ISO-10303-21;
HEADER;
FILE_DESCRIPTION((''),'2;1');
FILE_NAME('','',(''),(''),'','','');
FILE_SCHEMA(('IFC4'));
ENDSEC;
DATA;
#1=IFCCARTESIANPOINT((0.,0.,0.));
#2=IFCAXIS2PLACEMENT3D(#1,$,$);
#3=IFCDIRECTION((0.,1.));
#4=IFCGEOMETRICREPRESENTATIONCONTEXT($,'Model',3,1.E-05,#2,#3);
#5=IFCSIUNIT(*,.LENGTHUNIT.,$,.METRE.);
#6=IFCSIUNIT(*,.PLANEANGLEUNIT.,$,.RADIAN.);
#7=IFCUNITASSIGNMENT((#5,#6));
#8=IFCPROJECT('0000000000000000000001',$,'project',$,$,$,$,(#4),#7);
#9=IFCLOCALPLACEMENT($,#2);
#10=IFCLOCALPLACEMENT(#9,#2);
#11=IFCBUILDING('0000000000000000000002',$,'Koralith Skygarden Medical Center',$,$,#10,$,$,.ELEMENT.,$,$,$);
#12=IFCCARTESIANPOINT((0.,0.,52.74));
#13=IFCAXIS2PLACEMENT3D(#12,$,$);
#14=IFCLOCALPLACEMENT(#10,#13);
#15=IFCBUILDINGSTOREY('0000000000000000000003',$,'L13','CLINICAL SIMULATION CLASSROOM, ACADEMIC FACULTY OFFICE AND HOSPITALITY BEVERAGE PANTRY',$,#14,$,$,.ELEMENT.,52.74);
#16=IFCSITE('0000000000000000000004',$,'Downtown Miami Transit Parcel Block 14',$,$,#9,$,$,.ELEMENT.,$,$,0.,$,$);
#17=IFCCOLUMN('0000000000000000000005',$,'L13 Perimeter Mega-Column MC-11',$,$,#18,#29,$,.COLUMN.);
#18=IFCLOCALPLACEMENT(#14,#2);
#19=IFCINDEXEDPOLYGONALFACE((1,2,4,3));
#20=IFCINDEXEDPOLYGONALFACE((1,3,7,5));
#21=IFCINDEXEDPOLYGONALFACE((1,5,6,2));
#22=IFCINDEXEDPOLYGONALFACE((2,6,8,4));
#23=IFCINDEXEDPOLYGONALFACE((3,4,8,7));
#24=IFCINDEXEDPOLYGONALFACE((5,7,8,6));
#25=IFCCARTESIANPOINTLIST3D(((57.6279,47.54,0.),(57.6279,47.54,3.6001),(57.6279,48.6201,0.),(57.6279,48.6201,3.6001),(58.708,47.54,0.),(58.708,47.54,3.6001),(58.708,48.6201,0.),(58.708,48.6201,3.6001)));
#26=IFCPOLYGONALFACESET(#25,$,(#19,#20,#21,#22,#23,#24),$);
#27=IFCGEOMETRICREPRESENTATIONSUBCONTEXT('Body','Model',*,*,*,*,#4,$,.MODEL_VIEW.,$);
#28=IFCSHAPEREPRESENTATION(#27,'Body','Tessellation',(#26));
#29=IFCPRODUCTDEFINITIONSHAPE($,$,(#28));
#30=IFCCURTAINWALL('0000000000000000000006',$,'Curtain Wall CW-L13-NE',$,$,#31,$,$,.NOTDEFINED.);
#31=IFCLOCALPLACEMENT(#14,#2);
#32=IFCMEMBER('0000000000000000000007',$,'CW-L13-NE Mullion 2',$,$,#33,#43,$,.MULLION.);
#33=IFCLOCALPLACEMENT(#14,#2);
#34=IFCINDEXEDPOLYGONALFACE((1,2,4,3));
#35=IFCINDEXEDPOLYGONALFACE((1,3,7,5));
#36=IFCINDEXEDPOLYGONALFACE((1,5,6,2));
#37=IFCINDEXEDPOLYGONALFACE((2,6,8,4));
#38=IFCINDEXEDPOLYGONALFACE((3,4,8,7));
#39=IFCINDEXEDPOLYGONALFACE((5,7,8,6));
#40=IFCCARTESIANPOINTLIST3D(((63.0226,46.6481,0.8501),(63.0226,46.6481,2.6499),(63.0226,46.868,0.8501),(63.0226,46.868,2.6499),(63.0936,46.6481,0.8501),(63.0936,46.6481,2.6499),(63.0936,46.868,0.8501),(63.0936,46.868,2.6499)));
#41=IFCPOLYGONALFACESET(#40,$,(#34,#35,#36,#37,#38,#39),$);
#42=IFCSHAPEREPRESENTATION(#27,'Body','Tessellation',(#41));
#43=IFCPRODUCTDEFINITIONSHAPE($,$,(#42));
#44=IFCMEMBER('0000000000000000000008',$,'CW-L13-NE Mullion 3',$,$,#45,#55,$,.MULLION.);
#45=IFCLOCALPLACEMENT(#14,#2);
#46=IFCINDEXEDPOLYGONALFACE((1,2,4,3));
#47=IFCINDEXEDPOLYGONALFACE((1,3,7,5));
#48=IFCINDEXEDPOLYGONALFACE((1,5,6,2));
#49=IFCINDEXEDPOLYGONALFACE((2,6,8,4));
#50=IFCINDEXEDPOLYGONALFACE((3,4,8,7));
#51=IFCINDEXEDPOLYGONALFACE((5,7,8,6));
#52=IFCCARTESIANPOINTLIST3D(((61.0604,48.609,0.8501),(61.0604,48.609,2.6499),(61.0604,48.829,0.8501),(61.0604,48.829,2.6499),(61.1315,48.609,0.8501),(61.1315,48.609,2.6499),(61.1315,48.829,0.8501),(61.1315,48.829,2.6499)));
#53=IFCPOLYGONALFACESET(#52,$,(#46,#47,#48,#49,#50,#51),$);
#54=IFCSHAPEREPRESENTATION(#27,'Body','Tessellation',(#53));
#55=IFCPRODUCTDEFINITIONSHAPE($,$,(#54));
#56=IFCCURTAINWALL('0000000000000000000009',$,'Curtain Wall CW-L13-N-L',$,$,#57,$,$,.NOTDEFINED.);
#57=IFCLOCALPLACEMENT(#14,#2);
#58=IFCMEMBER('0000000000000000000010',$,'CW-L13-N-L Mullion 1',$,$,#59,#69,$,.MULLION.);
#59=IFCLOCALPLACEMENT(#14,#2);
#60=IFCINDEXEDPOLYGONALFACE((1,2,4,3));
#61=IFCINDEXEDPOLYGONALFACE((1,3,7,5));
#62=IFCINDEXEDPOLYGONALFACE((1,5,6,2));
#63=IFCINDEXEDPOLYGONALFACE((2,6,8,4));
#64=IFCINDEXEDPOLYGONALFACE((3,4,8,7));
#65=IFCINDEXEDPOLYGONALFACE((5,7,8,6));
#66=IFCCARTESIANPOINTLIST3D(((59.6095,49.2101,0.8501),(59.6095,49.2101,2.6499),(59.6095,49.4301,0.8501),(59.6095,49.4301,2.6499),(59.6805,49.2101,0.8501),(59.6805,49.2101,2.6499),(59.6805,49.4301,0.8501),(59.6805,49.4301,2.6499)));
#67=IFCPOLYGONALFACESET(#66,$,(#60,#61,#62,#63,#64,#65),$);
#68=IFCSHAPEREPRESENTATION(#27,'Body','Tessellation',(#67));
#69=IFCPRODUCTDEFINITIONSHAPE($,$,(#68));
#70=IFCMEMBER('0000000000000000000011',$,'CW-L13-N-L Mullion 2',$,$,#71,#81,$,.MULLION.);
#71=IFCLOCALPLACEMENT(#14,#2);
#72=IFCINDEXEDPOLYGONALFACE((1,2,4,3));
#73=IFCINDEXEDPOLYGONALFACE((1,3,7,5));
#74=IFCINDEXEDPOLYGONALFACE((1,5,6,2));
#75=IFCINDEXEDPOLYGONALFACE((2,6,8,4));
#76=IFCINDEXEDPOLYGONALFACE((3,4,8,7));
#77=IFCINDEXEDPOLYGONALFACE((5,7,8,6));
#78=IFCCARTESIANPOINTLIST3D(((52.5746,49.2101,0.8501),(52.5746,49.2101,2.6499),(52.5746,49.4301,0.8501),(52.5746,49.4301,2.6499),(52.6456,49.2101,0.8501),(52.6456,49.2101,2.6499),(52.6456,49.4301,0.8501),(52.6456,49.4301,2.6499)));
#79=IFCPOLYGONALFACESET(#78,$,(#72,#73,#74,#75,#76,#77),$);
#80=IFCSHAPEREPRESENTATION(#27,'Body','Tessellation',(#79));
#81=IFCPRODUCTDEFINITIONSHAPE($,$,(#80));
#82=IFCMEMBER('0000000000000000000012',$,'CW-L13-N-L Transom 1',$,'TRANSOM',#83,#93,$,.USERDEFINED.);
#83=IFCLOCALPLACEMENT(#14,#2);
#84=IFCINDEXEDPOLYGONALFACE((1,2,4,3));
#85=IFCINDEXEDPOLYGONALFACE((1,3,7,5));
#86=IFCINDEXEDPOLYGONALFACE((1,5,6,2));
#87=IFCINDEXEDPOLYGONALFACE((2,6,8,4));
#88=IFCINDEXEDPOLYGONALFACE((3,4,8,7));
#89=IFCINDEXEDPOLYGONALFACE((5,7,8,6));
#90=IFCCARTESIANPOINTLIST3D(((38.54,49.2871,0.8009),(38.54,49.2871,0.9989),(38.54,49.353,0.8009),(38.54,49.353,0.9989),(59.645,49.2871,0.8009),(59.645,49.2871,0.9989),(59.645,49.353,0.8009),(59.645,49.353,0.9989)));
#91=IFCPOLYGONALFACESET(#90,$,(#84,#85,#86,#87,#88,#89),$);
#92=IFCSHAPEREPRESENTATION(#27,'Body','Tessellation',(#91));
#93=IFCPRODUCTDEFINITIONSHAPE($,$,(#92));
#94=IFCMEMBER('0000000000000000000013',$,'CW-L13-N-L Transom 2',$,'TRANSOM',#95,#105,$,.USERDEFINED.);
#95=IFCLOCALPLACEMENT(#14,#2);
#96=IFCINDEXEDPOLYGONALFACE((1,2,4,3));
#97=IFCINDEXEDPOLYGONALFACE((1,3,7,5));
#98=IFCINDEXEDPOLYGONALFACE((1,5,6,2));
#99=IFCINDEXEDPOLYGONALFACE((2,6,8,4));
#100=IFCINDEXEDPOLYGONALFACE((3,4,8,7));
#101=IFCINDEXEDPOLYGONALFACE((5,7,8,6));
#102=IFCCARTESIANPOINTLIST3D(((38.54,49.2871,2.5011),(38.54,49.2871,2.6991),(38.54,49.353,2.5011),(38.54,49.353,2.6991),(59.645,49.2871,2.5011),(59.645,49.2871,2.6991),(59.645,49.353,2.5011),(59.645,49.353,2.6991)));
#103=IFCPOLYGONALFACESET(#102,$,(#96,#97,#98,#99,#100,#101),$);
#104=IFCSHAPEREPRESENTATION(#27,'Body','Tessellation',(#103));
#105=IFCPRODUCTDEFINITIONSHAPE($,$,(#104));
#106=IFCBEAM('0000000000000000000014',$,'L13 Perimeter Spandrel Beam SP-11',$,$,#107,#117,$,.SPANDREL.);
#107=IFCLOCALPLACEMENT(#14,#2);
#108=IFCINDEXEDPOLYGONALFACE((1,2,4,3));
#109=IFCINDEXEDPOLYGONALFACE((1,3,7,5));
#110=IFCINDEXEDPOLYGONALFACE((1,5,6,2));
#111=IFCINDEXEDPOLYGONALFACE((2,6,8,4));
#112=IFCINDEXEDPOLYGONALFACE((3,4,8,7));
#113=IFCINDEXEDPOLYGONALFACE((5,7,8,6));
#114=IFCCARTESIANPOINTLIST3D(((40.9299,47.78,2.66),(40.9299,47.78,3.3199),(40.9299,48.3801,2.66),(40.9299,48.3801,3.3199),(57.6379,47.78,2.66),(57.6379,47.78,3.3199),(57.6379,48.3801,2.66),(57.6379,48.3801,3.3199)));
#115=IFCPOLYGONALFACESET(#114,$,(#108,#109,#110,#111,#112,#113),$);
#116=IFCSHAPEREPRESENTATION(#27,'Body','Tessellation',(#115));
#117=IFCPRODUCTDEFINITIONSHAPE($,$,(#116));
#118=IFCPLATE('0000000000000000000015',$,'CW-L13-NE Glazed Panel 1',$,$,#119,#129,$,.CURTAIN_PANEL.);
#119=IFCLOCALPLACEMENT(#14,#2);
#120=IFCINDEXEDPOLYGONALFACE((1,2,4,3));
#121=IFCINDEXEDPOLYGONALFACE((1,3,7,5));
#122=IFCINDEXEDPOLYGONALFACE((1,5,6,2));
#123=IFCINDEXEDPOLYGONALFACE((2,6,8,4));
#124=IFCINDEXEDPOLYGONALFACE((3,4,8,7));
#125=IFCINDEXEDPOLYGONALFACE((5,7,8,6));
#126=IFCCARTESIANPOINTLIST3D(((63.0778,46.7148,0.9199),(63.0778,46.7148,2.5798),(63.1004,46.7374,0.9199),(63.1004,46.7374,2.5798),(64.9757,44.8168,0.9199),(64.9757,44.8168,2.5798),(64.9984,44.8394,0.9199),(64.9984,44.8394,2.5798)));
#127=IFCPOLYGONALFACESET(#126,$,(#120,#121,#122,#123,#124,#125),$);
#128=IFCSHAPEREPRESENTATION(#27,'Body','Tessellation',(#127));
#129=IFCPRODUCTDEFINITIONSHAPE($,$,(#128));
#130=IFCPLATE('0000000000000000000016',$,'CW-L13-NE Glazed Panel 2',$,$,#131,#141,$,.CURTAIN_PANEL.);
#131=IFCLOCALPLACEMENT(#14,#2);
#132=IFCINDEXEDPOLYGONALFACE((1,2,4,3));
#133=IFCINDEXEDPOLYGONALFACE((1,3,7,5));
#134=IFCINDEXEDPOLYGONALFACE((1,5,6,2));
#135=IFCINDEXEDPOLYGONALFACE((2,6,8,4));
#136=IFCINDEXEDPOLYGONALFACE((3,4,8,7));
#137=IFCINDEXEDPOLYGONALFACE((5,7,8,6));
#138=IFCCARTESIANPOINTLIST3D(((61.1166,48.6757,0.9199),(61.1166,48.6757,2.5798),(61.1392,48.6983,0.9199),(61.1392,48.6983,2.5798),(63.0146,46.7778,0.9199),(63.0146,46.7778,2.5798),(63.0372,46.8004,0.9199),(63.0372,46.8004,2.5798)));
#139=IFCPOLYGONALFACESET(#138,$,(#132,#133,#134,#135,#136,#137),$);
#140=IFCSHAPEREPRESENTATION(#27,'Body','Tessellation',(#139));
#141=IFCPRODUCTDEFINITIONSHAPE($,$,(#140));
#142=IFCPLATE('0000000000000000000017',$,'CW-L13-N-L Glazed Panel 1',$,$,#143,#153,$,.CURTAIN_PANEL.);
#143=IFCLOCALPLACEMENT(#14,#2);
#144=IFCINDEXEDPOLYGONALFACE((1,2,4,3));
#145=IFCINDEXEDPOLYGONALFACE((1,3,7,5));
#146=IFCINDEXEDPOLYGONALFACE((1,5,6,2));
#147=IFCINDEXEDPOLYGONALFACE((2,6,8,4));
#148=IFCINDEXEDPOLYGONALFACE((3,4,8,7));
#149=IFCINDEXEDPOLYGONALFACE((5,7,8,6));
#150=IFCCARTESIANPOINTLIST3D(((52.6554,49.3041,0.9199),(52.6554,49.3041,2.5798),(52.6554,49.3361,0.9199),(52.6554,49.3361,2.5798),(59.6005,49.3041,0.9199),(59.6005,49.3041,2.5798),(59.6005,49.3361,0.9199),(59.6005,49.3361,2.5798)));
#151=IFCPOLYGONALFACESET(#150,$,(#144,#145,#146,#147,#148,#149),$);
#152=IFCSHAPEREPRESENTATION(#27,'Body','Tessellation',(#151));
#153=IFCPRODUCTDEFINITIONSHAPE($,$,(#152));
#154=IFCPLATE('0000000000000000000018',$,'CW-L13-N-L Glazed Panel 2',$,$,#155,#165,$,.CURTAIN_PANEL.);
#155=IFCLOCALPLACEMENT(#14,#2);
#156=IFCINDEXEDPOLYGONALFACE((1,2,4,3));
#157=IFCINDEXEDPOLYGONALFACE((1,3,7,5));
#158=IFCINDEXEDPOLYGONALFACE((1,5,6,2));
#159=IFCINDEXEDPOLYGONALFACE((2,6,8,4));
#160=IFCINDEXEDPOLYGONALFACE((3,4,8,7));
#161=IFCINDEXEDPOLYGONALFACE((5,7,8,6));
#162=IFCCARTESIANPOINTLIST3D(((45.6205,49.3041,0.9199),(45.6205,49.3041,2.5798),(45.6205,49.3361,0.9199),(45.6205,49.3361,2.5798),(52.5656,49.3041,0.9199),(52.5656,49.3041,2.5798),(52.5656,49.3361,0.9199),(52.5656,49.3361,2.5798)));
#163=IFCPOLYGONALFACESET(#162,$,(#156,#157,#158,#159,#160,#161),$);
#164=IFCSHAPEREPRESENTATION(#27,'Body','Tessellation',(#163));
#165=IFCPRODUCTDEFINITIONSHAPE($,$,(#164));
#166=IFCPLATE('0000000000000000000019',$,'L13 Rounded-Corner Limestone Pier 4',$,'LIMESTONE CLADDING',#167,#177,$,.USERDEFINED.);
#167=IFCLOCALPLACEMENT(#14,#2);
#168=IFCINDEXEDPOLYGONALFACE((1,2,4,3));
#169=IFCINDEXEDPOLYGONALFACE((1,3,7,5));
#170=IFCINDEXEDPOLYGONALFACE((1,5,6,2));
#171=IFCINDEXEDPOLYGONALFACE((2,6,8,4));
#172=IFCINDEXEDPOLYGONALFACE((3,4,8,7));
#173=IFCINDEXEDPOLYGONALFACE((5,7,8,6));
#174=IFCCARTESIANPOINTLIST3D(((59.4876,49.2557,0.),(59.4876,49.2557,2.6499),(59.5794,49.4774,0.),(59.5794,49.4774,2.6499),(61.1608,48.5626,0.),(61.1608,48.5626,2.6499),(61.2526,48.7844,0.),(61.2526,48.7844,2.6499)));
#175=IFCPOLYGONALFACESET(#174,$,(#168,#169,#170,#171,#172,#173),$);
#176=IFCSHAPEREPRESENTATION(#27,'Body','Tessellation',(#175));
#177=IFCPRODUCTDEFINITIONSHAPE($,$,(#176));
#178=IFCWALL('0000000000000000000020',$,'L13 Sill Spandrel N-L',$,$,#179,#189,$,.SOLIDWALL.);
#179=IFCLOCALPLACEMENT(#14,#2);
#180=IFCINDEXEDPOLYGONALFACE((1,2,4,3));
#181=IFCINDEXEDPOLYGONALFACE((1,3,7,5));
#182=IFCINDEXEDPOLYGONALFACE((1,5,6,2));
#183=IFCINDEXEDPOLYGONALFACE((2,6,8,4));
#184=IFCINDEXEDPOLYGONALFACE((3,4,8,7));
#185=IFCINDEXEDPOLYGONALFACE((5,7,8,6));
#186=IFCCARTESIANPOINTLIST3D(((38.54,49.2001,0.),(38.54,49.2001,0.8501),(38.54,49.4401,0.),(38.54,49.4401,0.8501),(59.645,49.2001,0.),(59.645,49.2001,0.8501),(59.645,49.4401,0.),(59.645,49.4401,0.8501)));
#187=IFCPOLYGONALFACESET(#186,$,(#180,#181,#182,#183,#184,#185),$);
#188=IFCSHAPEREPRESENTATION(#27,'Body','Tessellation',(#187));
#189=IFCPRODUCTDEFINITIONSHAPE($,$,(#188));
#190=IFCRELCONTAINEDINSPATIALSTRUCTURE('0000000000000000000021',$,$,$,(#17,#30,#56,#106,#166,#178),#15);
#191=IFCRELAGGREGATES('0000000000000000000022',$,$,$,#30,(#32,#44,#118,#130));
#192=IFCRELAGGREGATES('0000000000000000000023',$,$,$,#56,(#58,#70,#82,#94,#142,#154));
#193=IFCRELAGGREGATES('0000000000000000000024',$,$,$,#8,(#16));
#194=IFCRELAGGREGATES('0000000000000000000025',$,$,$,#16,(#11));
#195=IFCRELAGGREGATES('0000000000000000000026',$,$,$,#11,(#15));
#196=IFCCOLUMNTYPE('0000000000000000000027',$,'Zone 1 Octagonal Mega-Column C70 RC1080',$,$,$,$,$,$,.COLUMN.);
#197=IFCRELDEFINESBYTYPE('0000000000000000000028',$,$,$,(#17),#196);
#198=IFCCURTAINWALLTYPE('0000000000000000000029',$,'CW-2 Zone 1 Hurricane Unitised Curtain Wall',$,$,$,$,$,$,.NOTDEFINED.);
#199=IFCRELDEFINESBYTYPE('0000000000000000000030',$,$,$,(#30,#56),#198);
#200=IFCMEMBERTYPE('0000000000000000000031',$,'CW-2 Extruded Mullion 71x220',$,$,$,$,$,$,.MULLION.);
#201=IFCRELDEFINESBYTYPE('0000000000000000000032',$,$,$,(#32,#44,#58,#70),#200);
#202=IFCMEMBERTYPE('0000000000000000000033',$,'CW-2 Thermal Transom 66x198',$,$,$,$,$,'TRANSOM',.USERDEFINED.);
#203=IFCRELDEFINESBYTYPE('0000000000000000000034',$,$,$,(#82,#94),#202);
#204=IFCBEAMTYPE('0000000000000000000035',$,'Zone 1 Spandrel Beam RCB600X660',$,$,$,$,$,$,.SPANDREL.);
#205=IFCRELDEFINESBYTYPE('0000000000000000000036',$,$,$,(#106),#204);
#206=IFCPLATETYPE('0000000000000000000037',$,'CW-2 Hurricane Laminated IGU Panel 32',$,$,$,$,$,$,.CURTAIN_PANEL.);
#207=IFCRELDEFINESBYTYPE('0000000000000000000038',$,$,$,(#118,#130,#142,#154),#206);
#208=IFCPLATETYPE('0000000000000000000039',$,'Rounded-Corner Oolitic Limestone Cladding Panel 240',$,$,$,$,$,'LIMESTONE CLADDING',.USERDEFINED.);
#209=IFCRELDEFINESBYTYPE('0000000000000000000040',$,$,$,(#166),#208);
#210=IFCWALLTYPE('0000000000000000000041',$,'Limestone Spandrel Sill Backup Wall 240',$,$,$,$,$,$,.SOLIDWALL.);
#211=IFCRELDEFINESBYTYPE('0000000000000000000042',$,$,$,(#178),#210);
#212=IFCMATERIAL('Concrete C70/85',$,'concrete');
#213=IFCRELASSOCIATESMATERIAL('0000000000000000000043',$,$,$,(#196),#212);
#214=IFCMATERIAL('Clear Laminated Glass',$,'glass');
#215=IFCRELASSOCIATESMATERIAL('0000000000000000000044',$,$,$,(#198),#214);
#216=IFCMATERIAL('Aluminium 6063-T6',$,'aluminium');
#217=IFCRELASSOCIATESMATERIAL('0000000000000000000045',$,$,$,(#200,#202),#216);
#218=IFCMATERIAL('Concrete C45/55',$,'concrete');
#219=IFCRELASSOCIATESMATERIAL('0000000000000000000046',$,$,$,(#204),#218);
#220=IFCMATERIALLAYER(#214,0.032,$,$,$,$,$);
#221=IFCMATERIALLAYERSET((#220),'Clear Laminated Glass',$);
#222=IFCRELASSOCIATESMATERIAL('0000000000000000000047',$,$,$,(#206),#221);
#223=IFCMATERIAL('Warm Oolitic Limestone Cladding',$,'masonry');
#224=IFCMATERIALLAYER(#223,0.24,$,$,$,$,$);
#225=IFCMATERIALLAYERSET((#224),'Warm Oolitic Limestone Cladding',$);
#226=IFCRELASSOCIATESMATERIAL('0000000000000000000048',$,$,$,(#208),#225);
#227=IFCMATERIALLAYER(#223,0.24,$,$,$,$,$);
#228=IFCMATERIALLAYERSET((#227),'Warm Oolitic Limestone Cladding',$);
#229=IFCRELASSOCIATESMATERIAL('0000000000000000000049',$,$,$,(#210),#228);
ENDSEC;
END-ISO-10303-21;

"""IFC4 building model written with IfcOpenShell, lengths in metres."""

from ifc_helpers import new_model, si_unit, direction, frame, frame_2d, origin, origin_2d, place, context, subcontext, project, spatial, rectangle, extrude, material, layer, layer_set, material_profile, profile_set, type_object, element, aggregate, save


model = new_model("IFC4")

# Units and contexts
model_context = context("Model", 3, precision=1e-05, world=origin(), true_north=direction((0.0, 1.0)))
body_context = subcontext(model_context, "Body", "Model", "MODEL_VIEW")
ifc_project = project(units=[si_unit("LENGTHUNIT", "METRE"), si_unit("PLANEANGLEUNIT", "RADIAN")], contexts=[model_context])

# Site, building, storey
site_placement = place(None, origin())
site = spatial("IfcSite", under=ifc_project, at=site_placement, Name="Downtown Miami Transit Parcel Block 14", CompositionType="ELEMENT", RefElevation=0.0)
building_placement = place(site_placement, origin())
building = spatial("IfcBuilding", under=site, at=building_placement, Name="Koralith Skygarden Medical Center", CompositionType="ELEMENT")
storey_placement = place(building_placement, frame((0.0, 0.0, 52.74)))
storey = spatial("IfcBuildingStorey", under=building, at=storey_placement, Name="L13", Description="CLINICAL SIMULATION CLASSROOM, ACADEMIC FACULTY OFFICE AND HOSPITALITY BEVERAGE PANTRY", CompositionType="ELEMENT", Elevation=52.74)

# Column
ifc_material_1 = material(Name="Concrete C70/85", Category="concrete")
ifc_material_profile_1 = material_profile(ifc_material_1, rectangle(XDim=1.0801, YDim=1.0801, at=origin_2d()), Name="RC1080X1080")
ifc_profile_set_1 = profile_set([ifc_material_profile_1], Name="Concrete C70/85")
column_type = type_object("IfcColumnType", Name="Zone 1 Octagonal Mega-Column C70 RC1080", PredefinedType="COLUMN", material=ifc_profile_set_1)
column_placement = place(storey_placement, frame((58.168, 48.0801, 0.0), z_axis=(0.0, 0.0, 1.0), x_axis=(1.0, 0.0, 0.0)))
element("IfcColumn", 1, at=column_placement, inside=storey, type_object=column_type, Name="L13 Perimeter Mega-Column MC-11", PredefinedType="COLUMN", context=body_context, shape_type="SweptSolid", body=[
    extrude(rectangle(XDim=1.0801, YDim=1.0801, at=origin_2d()), origin(), (0.0, 0.0, 1.0), 3.6001),
])

# Curtain walls, members
ifc_material_2 = material(Name="Clear Laminated Glass", Category="glass")
curtain_wall_type = type_object("IfcCurtainWallType", Name="CW-2 Zone 1 Hurricane Unitised Curtain Wall", PredefinedType="NOTDEFINED", material=ifc_material_2)
curtain_wall_1_placement = place(storey_placement, origin())
curtain_wall_1 = element("IfcCurtainWall", 2, at=curtain_wall_1_placement, inside=storey, type_object=curtain_wall_type, Name="Curtain Wall CW-L13-NE", PredefinedType="NOTDEFINED")
ifc_material_3 = material(Name="Aluminium 6063-T6", Category="aluminium")
ifc_material_profile_2 = material_profile(ifc_material_3, rectangle(XDim=0.071, YDim=0.22, at=origin_2d()), Name="MUL71X220")
ifc_profile_set_2 = profile_set([ifc_material_profile_2], Name="Aluminium 6063-T6")
member_type_1 = type_object("IfcMemberType", Name="CW-2 Extruded Mullion 71x220", PredefinedType="MULLION", material=ifc_profile_set_2)
member_1_placement = place(storey_placement, frame((63.0581, 46.7581, 0.8501), z_axis=(0.0, 0.0, 1.0), x_axis=(1.0, 0.0, 0.0)))
member_1 = element("IfcMember", 3, at=member_1_placement, type_object=member_type_1, Name="CW-L13-NE Mullion 2", PredefinedType="MULLION", context=body_context, shape_type="SweptSolid", body=[
    extrude(rectangle(XDim=0.071, YDim=0.22, at=origin_2d()), origin(), (0.0, 0.0, 1.0), 1.7998),
])
member_2_placement = place(storey_placement, frame((61.0959, 48.719, 0.8501), z_axis=(0.0, 0.0, 1.0), x_axis=(1.0, 0.0, 0.0)))
member_2 = element("IfcMember", 4, at=member_2_placement, type_object=member_type_1, Name="CW-L13-NE Mullion 3", PredefinedType="MULLION", context=body_context, shape_type="SweptSolid", body=[
    extrude(rectangle(XDim=0.071, YDim=0.22, at=origin_2d()), origin(), (0.0, 0.0, 1.0), 1.7998),
])
curtain_wall_2_placement = place(storey_placement, origin())
curtain_wall_2 = element("IfcCurtainWall", 5, at=curtain_wall_2_placement, inside=storey, type_object=curtain_wall_type, Name="Curtain Wall CW-L13-N-L", PredefinedType="NOTDEFINED")
member_3_placement = place(storey_placement, frame((59.645, 49.3201, 0.8501), z_axis=(0.0, 0.0, 1.0), x_axis=(1.0, 0.0, 0.0)))
member_3 = element("IfcMember", 6, at=member_3_placement, type_object=member_type_1, Name="CW-L13-N-L Mullion 1", PredefinedType="MULLION", context=body_context, shape_type="SweptSolid", body=[
    extrude(rectangle(XDim=0.071, YDim=0.22, at=origin_2d()), origin(), (0.0, 0.0, 1.0), 1.7998),
])
member_4_placement = place(storey_placement, frame((52.6101, 49.3201, 0.8501), z_axis=(0.0, 0.0, 1.0), x_axis=(1.0, 0.0, 0.0)))
member_4 = element("IfcMember", 7, at=member_4_placement, type_object=member_type_1, Name="CW-L13-N-L Mullion 2", PredefinedType="MULLION", context=body_context, shape_type="SweptSolid", body=[
    extrude(rectangle(XDim=0.071, YDim=0.22, at=origin_2d()), origin(), (0.0, 0.0, 1.0), 1.7998),
])
ifc_material_profile_3 = material_profile(ifc_material_3, rectangle(XDim=0.0659, YDim=0.198, at=origin_2d()), Name="TRN66X198")
ifc_profile_set_3 = profile_set([ifc_material_profile_3], Name="Aluminium 6063-T6")
member_type_2 = type_object("IfcMemberType", Name="CW-2 Thermal Transom 66x198", ElementType="TRANSOM", PredefinedType="USERDEFINED", material=ifc_profile_set_3)
member_5_placement = place(storey_placement, frame((59.645, 49.3201, 0.8999), z_axis=(-1.0, 0.0, 0.0), x_axis=(0.0, -1.0, 0.0)))
member_5 = element("IfcMember", 8, at=member_5_placement, type_object=member_type_2, Name="CW-L13-N-L Transom 1", ObjectType="TRANSOM", PredefinedType="USERDEFINED", context=body_context, shape_type="SweptSolid", body=[
    extrude(rectangle(XDim=0.0659, YDim=0.198, at=origin_2d()), origin(), (0.0, 0.0, 1.0), 21.105),
])
member_6_placement = place(storey_placement, frame((59.645, 49.3201, 2.6001), z_axis=(-1.0, 0.0, 0.0), x_axis=(0.0, -1.0, 0.0)))
member_6 = element("IfcMember", 9, at=member_6_placement, type_object=member_type_2, Name="CW-L13-N-L Transom 2", ObjectType="TRANSOM", PredefinedType="USERDEFINED", context=body_context, shape_type="SweptSolid", body=[
    extrude(rectangle(XDim=0.0659, YDim=0.198, at=origin_2d()), origin(), (0.0, 0.0, 1.0), 21.105),
])

# Beam
ifc_material_4 = material(Name="Concrete C45/55", Category="concrete")
ifc_material_profile_4 = material_profile(ifc_material_4, rectangle(XDim=0.6001, YDim=0.6599, at=origin_2d()), Name="RCB600X660")
ifc_profile_set_4 = profile_set([ifc_material_profile_4], Name="Concrete C45/55")
beam_type = type_object("IfcBeamType", Name="Zone 1 Spandrel Beam RCB600X660", PredefinedType="SPANDREL", material=ifc_profile_set_4)
beam_placement = place(storey_placement, frame((57.6379, 48.0801, 2.99), z_axis=(-1.0, 0.0, 0.0), x_axis=(0.0, -1.0, 0.0)))
element("IfcBeam", 10, at=beam_placement, inside=storey, type_object=beam_type, Name="L13 Perimeter Spandrel Beam SP-11", PredefinedType="SPANDREL", context=body_context, shape_type="SweptSolid", body=[
    extrude(rectangle(XDim=0.6001, YDim=0.6599, at=origin_2d()), origin(), (0.0, 0.0, 1.0), 16.708),
])

# Plates
ifc_layer_1 = layer(ifc_material_2, 0.032)
ifc_layer_set_1 = layer_set([ifc_layer_1], Name="Clear Laminated Glass")
plate_type_1 = type_object("IfcPlateType", Name="CW-2 Hurricane Laminated IGU Panel 32", PredefinedType="CURTAIN_PANEL", material=ifc_layer_set_1)
plate_1_placement = place(storey_placement, frame((64.0381, 45.7771, 0.9199), z_axis=(0.0, 0.0, 1.0), x_axis=(-0.707107, 0.707107, 0.0)))
plate_1 = element("IfcPlate", 11, at=plate_1_placement, type_object=plate_type_1, Name="CW-L13-NE Glazed Panel 1", PredefinedType="CURTAIN_PANEL", context=body_context, shape_type="SweptSolid", body=[
    extrude(rectangle(XDim=2.6841, YDim=0.032, at=origin_2d()), origin(), (0.0, 0.0, 1.0), 1.6599),
])
plate_2_placement = place(storey_placement, frame((62.0769, 47.738, 0.9199), z_axis=(0.0, 0.0, 1.0), x_axis=(-0.707107, 0.707107, 0.0)))
plate_2 = element("IfcPlate", 12, at=plate_2_placement, type_object=plate_type_1, Name="CW-L13-NE Glazed Panel 2", PredefinedType="CURTAIN_PANEL", context=body_context, shape_type="SweptSolid", body=[
    extrude(rectangle(XDim=2.6841, YDim=0.032, at=origin_2d()), origin(), (0.0, 0.0, 1.0), 1.6599),
])
aggregate(curtain_wall_1, [member_1, member_2, plate_1, plate_2])
plate_3_placement = place(storey_placement, frame((56.1279, 49.3201, 0.9199), z_axis=(0.0, 0.0, 1.0), x_axis=(-1.0, 0.0, 0.0)))
plate_3 = element("IfcPlate", 13, at=plate_3_placement, type_object=plate_type_1, Name="CW-L13-N-L Glazed Panel 1", PredefinedType="CURTAIN_PANEL", context=body_context, shape_type="SweptSolid", body=[
    extrude(rectangle(XDim=6.9451, YDim=0.032, at=origin_2d()), origin(), (0.0, 0.0, 1.0), 1.6599),
])
plate_4_placement = place(storey_placement, frame((49.093, 49.3201, 0.9199), z_axis=(0.0, 0.0, 1.0), x_axis=(-1.0, 0.0, 0.0)))
plate_4 = element("IfcPlate", 14, at=plate_4_placement, type_object=plate_type_1, Name="CW-L13-N-L Glazed Panel 2", PredefinedType="CURTAIN_PANEL", context=body_context, shape_type="SweptSolid", body=[
    extrude(rectangle(XDim=6.9451, YDim=0.032, at=origin_2d()), origin(), (0.0, 0.0, 1.0), 1.6599),
])
aggregate(curtain_wall_2, [member_3, member_4, member_5, member_6, plate_3, plate_4])
ifc_material_5 = material(Name="Warm Oolitic Limestone Cladding", Category="masonry")
ifc_layer_2 = layer(ifc_material_5, 0.24)
ifc_layer_set_2 = layer_set([ifc_layer_2], Name="Warm Oolitic Limestone Cladding")
plate_type_2 = type_object("IfcPlateType", Name="Rounded-Corner Oolitic Limestone Cladding Panel 240", ElementType="LIMESTONE CLADDING", PredefinedType="USERDEFINED", material=ifc_layer_set_2)
plate_5_placement = place(storey_placement, frame((60.3701, 49.02, 0.0), z_axis=(0.0, 0.0, 1.0), x_axis=(-0.923885, 0.382671, 0.0)))
element("IfcPlate", 15, at=plate_5_placement, inside=storey, type_object=plate_type_2, Name="L13 Rounded-Corner Limestone Pier 4", ObjectType="LIMESTONE CLADDING", PredefinedType="USERDEFINED", context=body_context, shape_type="SweptSolid", body=[
    extrude(rectangle(XDim=1.811, YDim=0.24, at=origin_2d()), origin(), (0.0, 0.0, 1.0), 2.6499),
])

# Wall
ifc_layer_3 = layer(ifc_material_5, 0.24)
ifc_layer_set_3 = layer_set([ifc_layer_3], Name="Warm Oolitic Limestone Cladding")
wall_type = type_object("IfcWallType", Name="Limestone Spandrel Sill Backup Wall 240", PredefinedType="SOLIDWALL", material=ifc_layer_set_3)
wall_placement = place(storey_placement, frame((59.645, 49.3201, 0.0), z_axis=(0.0, 0.0, 1.0), x_axis=(-1.0, 0.0, 0.0)))
element("IfcWall", 16, at=wall_placement, inside=storey, type_object=wall_type, Name="L13 Sill Spandrel N-L", PredefinedType="SOLIDWALL", context=body_context, shape_type="SweptSolid", body=[
    extrude(rectangle(XDim=21.105, YDim=0.24, at=frame_2d((10.5525, 0.0))), origin(), (0.0, 0.0, 1.0), 0.8501),
])

save(model, "model.ifc")
